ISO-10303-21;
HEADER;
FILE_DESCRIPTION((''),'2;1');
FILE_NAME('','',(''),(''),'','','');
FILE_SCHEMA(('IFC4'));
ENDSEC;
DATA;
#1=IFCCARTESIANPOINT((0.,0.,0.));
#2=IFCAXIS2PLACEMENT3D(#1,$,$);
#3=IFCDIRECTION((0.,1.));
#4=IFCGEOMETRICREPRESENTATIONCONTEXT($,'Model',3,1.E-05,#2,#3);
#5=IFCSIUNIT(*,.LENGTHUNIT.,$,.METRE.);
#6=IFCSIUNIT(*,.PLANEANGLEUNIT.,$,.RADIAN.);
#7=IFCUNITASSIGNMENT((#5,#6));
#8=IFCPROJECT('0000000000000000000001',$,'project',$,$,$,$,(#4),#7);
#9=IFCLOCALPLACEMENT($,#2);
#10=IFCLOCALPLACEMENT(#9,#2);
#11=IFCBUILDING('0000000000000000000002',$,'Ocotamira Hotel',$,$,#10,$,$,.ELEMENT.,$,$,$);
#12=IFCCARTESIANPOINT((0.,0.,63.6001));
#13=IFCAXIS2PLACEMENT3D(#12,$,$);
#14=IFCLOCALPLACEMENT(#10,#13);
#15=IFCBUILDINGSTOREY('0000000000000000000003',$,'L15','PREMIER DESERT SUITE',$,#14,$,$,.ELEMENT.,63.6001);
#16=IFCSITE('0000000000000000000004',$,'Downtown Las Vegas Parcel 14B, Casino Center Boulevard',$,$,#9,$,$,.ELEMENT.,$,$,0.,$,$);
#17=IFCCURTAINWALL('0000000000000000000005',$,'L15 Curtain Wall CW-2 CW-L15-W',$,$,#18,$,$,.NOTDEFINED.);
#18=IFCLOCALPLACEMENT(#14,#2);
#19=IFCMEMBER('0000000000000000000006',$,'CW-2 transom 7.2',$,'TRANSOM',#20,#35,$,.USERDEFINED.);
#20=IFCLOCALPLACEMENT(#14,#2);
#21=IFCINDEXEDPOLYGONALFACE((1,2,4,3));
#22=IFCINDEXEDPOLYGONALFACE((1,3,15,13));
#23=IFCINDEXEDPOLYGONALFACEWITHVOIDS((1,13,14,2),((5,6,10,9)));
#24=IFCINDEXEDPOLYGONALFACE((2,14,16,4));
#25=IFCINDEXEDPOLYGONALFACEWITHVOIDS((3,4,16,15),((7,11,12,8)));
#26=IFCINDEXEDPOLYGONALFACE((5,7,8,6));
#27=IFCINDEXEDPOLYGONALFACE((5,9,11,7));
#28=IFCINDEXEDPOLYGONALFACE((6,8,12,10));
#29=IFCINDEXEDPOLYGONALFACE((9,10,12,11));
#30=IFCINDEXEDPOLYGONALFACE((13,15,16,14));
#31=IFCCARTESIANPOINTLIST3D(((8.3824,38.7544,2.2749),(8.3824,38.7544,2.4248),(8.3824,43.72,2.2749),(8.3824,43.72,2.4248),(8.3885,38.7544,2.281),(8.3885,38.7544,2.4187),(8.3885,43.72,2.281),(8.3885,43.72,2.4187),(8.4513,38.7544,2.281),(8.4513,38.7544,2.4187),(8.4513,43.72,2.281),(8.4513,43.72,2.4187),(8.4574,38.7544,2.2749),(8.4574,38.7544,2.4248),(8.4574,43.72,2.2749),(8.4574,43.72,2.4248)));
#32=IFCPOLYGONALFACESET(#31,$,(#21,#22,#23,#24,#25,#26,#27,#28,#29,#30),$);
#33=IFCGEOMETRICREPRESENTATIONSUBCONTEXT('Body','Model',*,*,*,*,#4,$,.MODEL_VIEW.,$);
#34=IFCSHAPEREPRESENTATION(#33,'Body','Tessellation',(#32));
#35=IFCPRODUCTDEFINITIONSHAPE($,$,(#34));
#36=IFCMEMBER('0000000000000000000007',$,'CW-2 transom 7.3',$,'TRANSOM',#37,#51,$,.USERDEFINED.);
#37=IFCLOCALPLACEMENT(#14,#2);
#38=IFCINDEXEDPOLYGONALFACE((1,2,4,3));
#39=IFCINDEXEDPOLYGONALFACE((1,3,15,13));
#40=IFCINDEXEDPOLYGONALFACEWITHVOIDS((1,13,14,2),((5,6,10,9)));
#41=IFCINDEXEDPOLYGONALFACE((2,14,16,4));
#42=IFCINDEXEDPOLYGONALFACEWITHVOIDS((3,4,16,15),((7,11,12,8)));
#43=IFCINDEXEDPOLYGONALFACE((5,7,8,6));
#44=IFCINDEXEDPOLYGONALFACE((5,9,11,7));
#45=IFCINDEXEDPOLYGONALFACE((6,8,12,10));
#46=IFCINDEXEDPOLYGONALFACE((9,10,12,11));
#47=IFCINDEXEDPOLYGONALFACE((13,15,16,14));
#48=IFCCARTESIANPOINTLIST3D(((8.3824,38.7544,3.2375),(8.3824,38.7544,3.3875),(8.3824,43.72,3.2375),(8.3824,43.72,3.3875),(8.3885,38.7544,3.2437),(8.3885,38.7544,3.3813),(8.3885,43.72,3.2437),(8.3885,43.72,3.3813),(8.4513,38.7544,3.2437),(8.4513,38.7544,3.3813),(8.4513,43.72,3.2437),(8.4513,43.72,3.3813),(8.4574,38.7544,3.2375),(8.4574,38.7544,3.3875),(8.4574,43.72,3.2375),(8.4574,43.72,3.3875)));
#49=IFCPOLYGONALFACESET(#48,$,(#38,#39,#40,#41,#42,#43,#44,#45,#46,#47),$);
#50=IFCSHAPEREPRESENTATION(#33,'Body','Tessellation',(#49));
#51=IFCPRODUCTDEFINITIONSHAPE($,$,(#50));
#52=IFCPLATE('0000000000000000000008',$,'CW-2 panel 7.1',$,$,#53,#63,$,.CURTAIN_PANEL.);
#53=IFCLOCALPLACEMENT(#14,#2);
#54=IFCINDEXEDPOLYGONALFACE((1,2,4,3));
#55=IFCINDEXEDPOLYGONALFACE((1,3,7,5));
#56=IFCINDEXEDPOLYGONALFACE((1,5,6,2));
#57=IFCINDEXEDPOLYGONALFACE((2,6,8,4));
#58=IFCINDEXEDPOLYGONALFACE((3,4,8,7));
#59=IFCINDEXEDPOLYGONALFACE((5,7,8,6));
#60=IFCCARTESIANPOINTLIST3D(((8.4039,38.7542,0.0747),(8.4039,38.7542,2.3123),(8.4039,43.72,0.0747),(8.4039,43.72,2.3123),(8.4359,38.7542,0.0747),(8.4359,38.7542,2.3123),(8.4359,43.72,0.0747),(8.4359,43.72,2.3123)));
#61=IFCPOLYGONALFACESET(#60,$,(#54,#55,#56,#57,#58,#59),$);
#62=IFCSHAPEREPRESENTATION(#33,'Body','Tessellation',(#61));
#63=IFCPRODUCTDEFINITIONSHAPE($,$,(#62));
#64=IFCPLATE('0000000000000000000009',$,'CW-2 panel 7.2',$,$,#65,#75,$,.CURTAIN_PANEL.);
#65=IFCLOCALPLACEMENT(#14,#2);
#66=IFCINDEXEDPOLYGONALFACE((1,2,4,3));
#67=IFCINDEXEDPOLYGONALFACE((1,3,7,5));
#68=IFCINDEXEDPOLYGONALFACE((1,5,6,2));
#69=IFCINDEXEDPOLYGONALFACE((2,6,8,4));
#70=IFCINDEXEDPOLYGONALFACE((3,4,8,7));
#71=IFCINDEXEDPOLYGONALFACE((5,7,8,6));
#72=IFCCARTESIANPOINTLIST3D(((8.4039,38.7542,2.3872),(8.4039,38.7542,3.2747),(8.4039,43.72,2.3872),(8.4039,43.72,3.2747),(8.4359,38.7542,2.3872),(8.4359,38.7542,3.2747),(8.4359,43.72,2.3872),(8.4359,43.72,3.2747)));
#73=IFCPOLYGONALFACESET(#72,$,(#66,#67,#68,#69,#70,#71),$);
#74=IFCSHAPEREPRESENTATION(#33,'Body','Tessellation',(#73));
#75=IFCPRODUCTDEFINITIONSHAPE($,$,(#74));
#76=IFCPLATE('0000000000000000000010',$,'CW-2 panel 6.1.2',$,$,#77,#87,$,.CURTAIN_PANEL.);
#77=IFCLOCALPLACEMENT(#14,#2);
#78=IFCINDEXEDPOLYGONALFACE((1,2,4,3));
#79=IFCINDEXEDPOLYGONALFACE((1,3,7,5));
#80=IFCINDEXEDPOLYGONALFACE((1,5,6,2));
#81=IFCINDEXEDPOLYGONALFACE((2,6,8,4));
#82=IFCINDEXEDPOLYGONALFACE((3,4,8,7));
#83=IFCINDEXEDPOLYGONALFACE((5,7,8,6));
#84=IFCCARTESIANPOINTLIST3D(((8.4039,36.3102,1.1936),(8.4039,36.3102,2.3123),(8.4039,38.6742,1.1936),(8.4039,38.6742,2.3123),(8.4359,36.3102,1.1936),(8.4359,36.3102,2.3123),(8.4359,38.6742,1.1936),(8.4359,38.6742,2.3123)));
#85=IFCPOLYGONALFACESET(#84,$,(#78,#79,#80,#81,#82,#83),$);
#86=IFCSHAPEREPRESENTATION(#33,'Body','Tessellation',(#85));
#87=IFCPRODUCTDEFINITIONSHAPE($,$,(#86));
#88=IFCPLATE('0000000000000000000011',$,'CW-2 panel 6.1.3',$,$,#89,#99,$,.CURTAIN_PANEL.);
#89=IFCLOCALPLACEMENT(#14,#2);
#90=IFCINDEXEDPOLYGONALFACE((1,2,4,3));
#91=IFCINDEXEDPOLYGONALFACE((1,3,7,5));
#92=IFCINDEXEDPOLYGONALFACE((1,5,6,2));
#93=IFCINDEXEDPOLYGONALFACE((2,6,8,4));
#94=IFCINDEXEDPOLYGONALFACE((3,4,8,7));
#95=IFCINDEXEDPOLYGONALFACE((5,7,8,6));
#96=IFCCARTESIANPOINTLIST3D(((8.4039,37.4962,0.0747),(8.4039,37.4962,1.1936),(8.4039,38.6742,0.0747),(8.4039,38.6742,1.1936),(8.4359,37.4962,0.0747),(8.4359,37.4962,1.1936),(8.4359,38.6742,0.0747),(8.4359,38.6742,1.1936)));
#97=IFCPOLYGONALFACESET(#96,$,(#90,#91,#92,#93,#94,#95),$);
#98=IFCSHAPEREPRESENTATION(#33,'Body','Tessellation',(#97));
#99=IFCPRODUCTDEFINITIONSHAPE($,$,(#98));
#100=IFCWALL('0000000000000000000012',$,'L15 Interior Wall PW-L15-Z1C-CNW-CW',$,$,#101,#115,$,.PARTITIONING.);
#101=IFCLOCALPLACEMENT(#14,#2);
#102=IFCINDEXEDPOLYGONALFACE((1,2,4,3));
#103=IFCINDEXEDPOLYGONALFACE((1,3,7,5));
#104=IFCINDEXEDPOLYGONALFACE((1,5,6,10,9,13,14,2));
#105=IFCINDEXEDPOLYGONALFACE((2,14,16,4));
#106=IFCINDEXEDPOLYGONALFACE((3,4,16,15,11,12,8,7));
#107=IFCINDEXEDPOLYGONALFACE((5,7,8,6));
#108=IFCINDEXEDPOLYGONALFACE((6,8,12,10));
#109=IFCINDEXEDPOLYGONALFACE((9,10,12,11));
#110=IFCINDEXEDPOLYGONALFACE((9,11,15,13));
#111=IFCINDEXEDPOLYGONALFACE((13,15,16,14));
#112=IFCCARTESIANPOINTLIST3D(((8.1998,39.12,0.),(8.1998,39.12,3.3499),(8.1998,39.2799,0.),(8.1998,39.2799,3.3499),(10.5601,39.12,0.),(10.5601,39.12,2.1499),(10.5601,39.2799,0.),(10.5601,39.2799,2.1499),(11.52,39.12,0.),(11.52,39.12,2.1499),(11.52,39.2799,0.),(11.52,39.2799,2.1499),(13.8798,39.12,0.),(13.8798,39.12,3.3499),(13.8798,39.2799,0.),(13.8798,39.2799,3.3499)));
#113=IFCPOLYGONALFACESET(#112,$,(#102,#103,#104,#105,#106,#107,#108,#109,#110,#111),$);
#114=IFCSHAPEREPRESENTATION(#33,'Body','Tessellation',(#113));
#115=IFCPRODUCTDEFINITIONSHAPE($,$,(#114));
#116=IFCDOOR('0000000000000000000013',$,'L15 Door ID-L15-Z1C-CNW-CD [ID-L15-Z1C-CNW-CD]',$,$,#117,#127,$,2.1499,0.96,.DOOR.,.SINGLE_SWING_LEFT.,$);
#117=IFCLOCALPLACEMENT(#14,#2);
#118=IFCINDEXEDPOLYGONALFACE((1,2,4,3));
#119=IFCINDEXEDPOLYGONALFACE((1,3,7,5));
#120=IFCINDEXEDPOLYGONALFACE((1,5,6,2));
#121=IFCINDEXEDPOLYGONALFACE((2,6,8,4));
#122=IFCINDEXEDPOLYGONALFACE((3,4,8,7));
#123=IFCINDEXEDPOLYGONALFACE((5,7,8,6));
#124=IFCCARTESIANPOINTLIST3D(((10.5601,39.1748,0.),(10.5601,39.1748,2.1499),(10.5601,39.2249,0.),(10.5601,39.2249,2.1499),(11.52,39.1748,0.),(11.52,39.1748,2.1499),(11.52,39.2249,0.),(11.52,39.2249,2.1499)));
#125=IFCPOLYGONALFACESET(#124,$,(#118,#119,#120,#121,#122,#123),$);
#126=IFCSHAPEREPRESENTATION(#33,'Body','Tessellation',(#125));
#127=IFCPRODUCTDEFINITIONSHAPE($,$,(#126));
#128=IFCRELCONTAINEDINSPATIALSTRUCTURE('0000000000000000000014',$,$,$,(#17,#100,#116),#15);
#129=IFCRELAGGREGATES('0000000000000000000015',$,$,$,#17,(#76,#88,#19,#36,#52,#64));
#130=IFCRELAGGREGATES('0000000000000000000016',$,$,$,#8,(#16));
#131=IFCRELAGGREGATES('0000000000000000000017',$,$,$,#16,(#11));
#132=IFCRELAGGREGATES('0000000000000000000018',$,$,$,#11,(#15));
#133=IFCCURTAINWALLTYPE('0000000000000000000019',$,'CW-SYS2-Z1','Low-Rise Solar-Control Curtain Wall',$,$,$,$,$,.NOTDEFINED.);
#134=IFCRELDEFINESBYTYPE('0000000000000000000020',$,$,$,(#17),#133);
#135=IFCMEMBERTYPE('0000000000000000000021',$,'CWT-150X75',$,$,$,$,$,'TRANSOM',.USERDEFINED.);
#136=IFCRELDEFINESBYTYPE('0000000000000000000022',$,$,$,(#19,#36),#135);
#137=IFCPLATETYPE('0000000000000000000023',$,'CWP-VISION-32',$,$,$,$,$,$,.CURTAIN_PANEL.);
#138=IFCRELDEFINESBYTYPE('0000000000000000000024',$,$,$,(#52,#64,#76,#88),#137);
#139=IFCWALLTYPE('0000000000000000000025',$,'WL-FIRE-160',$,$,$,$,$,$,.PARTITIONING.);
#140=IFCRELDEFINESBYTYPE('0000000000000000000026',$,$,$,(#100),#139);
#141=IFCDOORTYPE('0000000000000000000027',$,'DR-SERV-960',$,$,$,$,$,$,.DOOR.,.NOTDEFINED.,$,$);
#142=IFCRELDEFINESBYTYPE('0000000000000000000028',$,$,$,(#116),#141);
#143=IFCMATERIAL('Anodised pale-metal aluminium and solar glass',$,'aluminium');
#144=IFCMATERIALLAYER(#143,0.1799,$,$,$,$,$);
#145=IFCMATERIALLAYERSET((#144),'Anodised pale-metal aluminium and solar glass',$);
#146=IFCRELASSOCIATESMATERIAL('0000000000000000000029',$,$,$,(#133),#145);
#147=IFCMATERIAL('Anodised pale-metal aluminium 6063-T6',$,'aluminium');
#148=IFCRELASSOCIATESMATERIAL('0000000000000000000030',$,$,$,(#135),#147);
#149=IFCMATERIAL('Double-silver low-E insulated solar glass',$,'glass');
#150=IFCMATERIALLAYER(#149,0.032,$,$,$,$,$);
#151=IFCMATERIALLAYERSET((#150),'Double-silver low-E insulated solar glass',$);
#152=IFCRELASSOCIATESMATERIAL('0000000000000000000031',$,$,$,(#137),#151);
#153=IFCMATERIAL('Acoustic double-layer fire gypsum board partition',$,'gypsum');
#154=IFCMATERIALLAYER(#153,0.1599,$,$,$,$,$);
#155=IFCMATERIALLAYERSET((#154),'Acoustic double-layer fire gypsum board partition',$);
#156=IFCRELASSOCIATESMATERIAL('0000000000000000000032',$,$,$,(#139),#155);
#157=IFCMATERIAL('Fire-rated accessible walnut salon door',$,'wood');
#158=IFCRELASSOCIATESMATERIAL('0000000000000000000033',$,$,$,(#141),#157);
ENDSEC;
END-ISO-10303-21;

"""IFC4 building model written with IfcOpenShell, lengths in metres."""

from ifc_helpers import new_model, si_unit, direction, frame, frame_2d, origin, origin_2d, place, context, subcontext, project, spatial, rectangle, hollow_rectangle, extrude, source, transform, mapped, material, layer, layer_set, material_profile, profile_set, type_object, element, fill, aggregate, save


model = new_model("IFC4")

# Units and contexts
model_context = context("Model", 3, precision=1e-05, world=origin(), true_north=direction((0.0, 1.0)))
body_context = subcontext(model_context, "Body", "Model", "MODEL_VIEW")
ifc_project = project(units=[si_unit("LENGTHUNIT", "METRE"), si_unit("PLANEANGLEUNIT", "RADIAN")], contexts=[model_context])

# Site, building, storey
site_placement = place(None, origin())
site = spatial("IfcSite", under=ifc_project, at=site_placement, Name="Downtown Las Vegas Parcel 14B, Casino Center Boulevard", CompositionType="ELEMENT", RefElevation=0.0)
building_placement = place(site_placement, origin())
building = spatial("IfcBuilding", under=site, at=building_placement, Name="Ocotamira Hotel", CompositionType="ELEMENT")
storey_placement = place(building_placement, frame((0.0, 0.0, 63.6001)))
storey = spatial("IfcBuildingStorey", under=building, at=storey_placement, Name="L15", Description="PREMIER DESERT SUITE", CompositionType="ELEMENT", Elevation=63.6001)

# Curtain wall, members, plates
ifc_material_1 = material(Name="Anodised pale-metal aluminium and solar glass", Category="aluminium")
ifc_layer_1 = layer(ifc_material_1, 0.1799)
ifc_layer_set_1 = layer_set([ifc_layer_1], Name="Anodised pale-metal aluminium and solar glass")
curtain_wall_type = type_object("IfcCurtainWallType", Name="CW-SYS2-Z1", Description="Low-Rise Solar-Control Curtain Wall", PredefinedType="NOTDEFINED", material=ifc_layer_set_1)
curtain_wall_placement = place(storey_placement, origin())
curtain_wall = element("IfcCurtainWall", 1, at=curtain_wall_placement, inside=storey, type_object=curtain_wall_type, Name="L15 Curtain Wall CW-2 CW-L15-W", PredefinedType="NOTDEFINED")
ifc_material_2 = material(Name="Anodised pale-metal aluminium 6063-T6", Category="aluminium")
ifc_material_profile_1 = material_profile(ifc_material_2, hollow_rectangle(XDim=0.075, YDim=0.1499, WallThickness=0.0061, at=origin_2d()), Name="HSS150X75X6")
ifc_profile_set_1 = profile_set([ifc_material_profile_1], Name="Anodised pale-metal aluminium 6063-T6")
member_type_1 = type_object("IfcMemberType", Name="CWT-150X75", ElementType="TRANSOM", PredefinedType="USERDEFINED", material=ifc_profile_set_1)
shared_shape_1 = source(origin(), body_context, "Body", "SweptSolid", [
    extrude(hollow_rectangle(XDim=0.075, YDim=0.1499, WallThickness=0.0061, at=origin_2d()), origin(), (0.0, 0.0, 1.0), 4.9656),
])
member_1_placement = place(storey_placement, frame((8.4199, 38.7544, 2.3499), z_axis=(0.0, 1.0, 0.0), x_axis=(-1.0, 0.0, 0.0)))
member_1 = element("IfcMember", 2, at=member_1_placement, type_object=member_type_1, Name="CW-2 transom 7.2", ObjectType="TRANSOM", PredefinedType="USERDEFINED", context=body_context, shape_type="MappedRepresentation", body=[
    mapped(shared_shape_1, transform((0.0, 0.0, 0.0), scale=1.0)),
])
member_2_placement = place(storey_placement, frame((8.4199, 38.7544, 3.3125), z_axis=(0.0, 1.0, 0.0), x_axis=(-1.0, 0.0, 0.0)))
member_2 = element("IfcMember", 3, at=member_2_placement, type_object=member_type_1, Name="CW-2 transom 7.3", ObjectType="TRANSOM", PredefinedType="USERDEFINED", context=body_context, shape_type="MappedRepresentation", body=[
    mapped(shared_shape_1, transform((0.0, 0.0, 0.0), scale=1.0)),
])
ifc_material_3 = material(Name="Double-silver low-E insulated solar glass", Category="glass")
ifc_layer_2 = layer(ifc_material_3, 0.032)
ifc_layer_set_2 = layer_set([ifc_layer_2], Name="Double-silver low-E insulated solar glass")
plate_type = type_object("IfcPlateType", Name="CWP-VISION-32", PredefinedType="CURTAIN_PANEL", material=ifc_layer_set_2)
shared_shape_2 = source(origin(), body_context, "Body", "SweptSolid", [
    extrude(rectangle(XDim=4.9658, YDim=0.032, at=origin_2d()), origin(), (0.0, 0.0, 1.0), 2.2375),
])
plate_1_placement = place(storey_placement, frame((8.4199, 41.2371, 0.0747), z_axis=(0.0, 0.0, 1.0), x_axis=(0.0, 1.0, 0.0)))
plate_1 = element("IfcPlate", 4, at=plate_1_placement, type_object=plate_type, Name="CW-2 panel 7.1", PredefinedType="CURTAIN_PANEL", context=body_context, shape_type="MappedRepresentation", body=[
    mapped(shared_shape_2, transform((0.0, 0.0, 0.0), scale=1.0)),
])
shared_shape_3 = source(origin(), body_context, "Body", "SweptSolid", [
    extrude(rectangle(XDim=4.9658, YDim=0.032, at=origin_2d()), origin(), (0.0, 0.0, 1.0), 0.8875),
])
plate_2_placement = place(storey_placement, frame((8.4199, 41.2371, 2.3872), z_axis=(0.0, 0.0, 1.0), x_axis=(0.0, 1.0, 0.0)))
plate_2 = element("IfcPlate", 5, at=plate_2_placement, type_object=plate_type, Name="CW-2 panel 7.2", PredefinedType="CURTAIN_PANEL", context=body_context, shape_type="MappedRepresentation", body=[
    mapped(shared_shape_3, transform((0.0, 0.0, 0.0), scale=1.0)),
])
shared_shape_4 = source(origin(), body_context, "Body", "SweptSolid", [
    extrude(rectangle(XDim=2.364, YDim=0.032, at=origin_2d()), origin(), (0.0, 0.0, 1.0), 1.1187),
])
plate_3_placement = place(storey_placement, frame((8.4199, 37.4922, 1.1936), z_axis=(0.0, 0.0, 1.0), x_axis=(0.0, 1.0, 0.0)))
plate_3 = element("IfcPlate", 6, at=plate_3_placement, type_object=plate_type, Name="CW-2 panel 6.1.2", PredefinedType="CURTAIN_PANEL", context=body_context, shape_type="MappedRepresentation", body=[
    mapped(shared_shape_4, transform((0.0, 0.0, 0.0), scale=1.0)),
])
shared_shape_5 = source(origin(), body_context, "Body", "SweptSolid", [
    extrude(rectangle(XDim=1.178, YDim=0.032, at=origin_2d()), origin(), (0.0, 0.0, 1.0), 1.1189),
])
plate_4_placement = place(storey_placement, frame((8.4199, 38.0852, 0.0747), z_axis=(0.0, 0.0, 1.0), x_axis=(0.0, 1.0, 0.0)))
plate_4 = element("IfcPlate", 7, at=plate_4_placement, type_object=plate_type, Name="CW-2 panel 6.1.3", PredefinedType="CURTAIN_PANEL", context=body_context, shape_type="MappedRepresentation", body=[
    mapped(shared_shape_5, transform((0.0, 0.0, 0.0), scale=1.0)),
])
aggregate(curtain_wall, [plate_3, plate_4, member_1, member_2, plate_1, plate_2])

# Wall, opening, door
ifc_material_4 = material(Name="Acoustic double-layer fire gypsum board partition", Category="gypsum")
ifc_layer_3 = layer(ifc_material_4, 0.1599)
ifc_layer_set_3 = layer_set([ifc_layer_3], Name="Acoustic double-layer fire gypsum board partition")
wall_type_1 = type_object("IfcWallType", Name="WL-FIRE-160", PredefinedType="PARTITIONING", material=ifc_layer_set_3)
wall_1_placement = place(storey_placement, frame((8.2, 39.2, 0.0), z_axis=(0.0, 0.0, 1.0), x_axis=(1.0, 0.0, 0.0)))
wall_1 = element("IfcWall", 8, at=wall_1_placement, inside=storey, type_object=wall_type_1, Name="L15 Interior Wall PW-L15-Z1C-CNW-CW", PredefinedType="PARTITIONING", context=body_context, shape_type="SweptSolid", body=[
    extrude(rectangle(XDim=5.6799, YDim=0.1599, at=frame_2d((2.8398, 0.0))), origin(), (0.0, 0.0, 1.0), 3.3499),
])
opening_1_placement = place(wall_1_placement, frame((2.3601, 0.0, 0.0)))
opening_1 = element("IfcOpeningElement", 9, at=opening_1_placement, cuts=wall_1, PredefinedType="OPENING", context=body_context, shape_type="SweptSolid", body=[
    extrude(rectangle(XDim=0.96, YDim=2.1499, at=frame_2d((0.48, 1.075))), frame((0.0, 0.0898, 0.0), z_axis=(0.0, -1.0, 0.0), x_axis=(1.0, 0.0, 0.0)), (0.0, 0.0, 1.0), 0.1799),
])
ifc_material_5 = material(Name="Fire-rated accessible walnut salon door", Category="wood")
door_type_1 = type_object("IfcDoorType", Name="DR-SERV-960", OperationType="NOTDEFINED", PredefinedType="DOOR", material=ifc_material_5)
shared_shape_6 = source(origin(), body_context, "Body", "SweptSolid", [
    extrude(rectangle(XDim=0.96, YDim=2.1499, at=frame_2d((0.48, 1.075))), frame((0.0, 0.0249, 0.0), z_axis=(0.0, -1.0, 0.0), x_axis=(1.0, 0.0, 0.0)), (0.0, 0.0, 1.0), 0.05),
])
door_1_placement = place(opening_1_placement, origin())
door_1 = element("IfcDoor", 10, at=door_1_placement, inside=storey, type_object=door_type_1, Name="L15 Door ID-L15-Z1C-CNW-CD [ID-L15-Z1C-CNW-CD]", OperationType="SINGLE_SWING_LEFT", OverallHeight=2.1499, OverallWidth=0.96, PredefinedType="DOOR", context=body_context, shape_type="MappedRepresentation", body=[
    mapped(shared_shape_6, transform((0.0, 0.0, 0.0), scale=1.0)),
])
fill(opening_1, door_1)

save(model, "model.ifc")
